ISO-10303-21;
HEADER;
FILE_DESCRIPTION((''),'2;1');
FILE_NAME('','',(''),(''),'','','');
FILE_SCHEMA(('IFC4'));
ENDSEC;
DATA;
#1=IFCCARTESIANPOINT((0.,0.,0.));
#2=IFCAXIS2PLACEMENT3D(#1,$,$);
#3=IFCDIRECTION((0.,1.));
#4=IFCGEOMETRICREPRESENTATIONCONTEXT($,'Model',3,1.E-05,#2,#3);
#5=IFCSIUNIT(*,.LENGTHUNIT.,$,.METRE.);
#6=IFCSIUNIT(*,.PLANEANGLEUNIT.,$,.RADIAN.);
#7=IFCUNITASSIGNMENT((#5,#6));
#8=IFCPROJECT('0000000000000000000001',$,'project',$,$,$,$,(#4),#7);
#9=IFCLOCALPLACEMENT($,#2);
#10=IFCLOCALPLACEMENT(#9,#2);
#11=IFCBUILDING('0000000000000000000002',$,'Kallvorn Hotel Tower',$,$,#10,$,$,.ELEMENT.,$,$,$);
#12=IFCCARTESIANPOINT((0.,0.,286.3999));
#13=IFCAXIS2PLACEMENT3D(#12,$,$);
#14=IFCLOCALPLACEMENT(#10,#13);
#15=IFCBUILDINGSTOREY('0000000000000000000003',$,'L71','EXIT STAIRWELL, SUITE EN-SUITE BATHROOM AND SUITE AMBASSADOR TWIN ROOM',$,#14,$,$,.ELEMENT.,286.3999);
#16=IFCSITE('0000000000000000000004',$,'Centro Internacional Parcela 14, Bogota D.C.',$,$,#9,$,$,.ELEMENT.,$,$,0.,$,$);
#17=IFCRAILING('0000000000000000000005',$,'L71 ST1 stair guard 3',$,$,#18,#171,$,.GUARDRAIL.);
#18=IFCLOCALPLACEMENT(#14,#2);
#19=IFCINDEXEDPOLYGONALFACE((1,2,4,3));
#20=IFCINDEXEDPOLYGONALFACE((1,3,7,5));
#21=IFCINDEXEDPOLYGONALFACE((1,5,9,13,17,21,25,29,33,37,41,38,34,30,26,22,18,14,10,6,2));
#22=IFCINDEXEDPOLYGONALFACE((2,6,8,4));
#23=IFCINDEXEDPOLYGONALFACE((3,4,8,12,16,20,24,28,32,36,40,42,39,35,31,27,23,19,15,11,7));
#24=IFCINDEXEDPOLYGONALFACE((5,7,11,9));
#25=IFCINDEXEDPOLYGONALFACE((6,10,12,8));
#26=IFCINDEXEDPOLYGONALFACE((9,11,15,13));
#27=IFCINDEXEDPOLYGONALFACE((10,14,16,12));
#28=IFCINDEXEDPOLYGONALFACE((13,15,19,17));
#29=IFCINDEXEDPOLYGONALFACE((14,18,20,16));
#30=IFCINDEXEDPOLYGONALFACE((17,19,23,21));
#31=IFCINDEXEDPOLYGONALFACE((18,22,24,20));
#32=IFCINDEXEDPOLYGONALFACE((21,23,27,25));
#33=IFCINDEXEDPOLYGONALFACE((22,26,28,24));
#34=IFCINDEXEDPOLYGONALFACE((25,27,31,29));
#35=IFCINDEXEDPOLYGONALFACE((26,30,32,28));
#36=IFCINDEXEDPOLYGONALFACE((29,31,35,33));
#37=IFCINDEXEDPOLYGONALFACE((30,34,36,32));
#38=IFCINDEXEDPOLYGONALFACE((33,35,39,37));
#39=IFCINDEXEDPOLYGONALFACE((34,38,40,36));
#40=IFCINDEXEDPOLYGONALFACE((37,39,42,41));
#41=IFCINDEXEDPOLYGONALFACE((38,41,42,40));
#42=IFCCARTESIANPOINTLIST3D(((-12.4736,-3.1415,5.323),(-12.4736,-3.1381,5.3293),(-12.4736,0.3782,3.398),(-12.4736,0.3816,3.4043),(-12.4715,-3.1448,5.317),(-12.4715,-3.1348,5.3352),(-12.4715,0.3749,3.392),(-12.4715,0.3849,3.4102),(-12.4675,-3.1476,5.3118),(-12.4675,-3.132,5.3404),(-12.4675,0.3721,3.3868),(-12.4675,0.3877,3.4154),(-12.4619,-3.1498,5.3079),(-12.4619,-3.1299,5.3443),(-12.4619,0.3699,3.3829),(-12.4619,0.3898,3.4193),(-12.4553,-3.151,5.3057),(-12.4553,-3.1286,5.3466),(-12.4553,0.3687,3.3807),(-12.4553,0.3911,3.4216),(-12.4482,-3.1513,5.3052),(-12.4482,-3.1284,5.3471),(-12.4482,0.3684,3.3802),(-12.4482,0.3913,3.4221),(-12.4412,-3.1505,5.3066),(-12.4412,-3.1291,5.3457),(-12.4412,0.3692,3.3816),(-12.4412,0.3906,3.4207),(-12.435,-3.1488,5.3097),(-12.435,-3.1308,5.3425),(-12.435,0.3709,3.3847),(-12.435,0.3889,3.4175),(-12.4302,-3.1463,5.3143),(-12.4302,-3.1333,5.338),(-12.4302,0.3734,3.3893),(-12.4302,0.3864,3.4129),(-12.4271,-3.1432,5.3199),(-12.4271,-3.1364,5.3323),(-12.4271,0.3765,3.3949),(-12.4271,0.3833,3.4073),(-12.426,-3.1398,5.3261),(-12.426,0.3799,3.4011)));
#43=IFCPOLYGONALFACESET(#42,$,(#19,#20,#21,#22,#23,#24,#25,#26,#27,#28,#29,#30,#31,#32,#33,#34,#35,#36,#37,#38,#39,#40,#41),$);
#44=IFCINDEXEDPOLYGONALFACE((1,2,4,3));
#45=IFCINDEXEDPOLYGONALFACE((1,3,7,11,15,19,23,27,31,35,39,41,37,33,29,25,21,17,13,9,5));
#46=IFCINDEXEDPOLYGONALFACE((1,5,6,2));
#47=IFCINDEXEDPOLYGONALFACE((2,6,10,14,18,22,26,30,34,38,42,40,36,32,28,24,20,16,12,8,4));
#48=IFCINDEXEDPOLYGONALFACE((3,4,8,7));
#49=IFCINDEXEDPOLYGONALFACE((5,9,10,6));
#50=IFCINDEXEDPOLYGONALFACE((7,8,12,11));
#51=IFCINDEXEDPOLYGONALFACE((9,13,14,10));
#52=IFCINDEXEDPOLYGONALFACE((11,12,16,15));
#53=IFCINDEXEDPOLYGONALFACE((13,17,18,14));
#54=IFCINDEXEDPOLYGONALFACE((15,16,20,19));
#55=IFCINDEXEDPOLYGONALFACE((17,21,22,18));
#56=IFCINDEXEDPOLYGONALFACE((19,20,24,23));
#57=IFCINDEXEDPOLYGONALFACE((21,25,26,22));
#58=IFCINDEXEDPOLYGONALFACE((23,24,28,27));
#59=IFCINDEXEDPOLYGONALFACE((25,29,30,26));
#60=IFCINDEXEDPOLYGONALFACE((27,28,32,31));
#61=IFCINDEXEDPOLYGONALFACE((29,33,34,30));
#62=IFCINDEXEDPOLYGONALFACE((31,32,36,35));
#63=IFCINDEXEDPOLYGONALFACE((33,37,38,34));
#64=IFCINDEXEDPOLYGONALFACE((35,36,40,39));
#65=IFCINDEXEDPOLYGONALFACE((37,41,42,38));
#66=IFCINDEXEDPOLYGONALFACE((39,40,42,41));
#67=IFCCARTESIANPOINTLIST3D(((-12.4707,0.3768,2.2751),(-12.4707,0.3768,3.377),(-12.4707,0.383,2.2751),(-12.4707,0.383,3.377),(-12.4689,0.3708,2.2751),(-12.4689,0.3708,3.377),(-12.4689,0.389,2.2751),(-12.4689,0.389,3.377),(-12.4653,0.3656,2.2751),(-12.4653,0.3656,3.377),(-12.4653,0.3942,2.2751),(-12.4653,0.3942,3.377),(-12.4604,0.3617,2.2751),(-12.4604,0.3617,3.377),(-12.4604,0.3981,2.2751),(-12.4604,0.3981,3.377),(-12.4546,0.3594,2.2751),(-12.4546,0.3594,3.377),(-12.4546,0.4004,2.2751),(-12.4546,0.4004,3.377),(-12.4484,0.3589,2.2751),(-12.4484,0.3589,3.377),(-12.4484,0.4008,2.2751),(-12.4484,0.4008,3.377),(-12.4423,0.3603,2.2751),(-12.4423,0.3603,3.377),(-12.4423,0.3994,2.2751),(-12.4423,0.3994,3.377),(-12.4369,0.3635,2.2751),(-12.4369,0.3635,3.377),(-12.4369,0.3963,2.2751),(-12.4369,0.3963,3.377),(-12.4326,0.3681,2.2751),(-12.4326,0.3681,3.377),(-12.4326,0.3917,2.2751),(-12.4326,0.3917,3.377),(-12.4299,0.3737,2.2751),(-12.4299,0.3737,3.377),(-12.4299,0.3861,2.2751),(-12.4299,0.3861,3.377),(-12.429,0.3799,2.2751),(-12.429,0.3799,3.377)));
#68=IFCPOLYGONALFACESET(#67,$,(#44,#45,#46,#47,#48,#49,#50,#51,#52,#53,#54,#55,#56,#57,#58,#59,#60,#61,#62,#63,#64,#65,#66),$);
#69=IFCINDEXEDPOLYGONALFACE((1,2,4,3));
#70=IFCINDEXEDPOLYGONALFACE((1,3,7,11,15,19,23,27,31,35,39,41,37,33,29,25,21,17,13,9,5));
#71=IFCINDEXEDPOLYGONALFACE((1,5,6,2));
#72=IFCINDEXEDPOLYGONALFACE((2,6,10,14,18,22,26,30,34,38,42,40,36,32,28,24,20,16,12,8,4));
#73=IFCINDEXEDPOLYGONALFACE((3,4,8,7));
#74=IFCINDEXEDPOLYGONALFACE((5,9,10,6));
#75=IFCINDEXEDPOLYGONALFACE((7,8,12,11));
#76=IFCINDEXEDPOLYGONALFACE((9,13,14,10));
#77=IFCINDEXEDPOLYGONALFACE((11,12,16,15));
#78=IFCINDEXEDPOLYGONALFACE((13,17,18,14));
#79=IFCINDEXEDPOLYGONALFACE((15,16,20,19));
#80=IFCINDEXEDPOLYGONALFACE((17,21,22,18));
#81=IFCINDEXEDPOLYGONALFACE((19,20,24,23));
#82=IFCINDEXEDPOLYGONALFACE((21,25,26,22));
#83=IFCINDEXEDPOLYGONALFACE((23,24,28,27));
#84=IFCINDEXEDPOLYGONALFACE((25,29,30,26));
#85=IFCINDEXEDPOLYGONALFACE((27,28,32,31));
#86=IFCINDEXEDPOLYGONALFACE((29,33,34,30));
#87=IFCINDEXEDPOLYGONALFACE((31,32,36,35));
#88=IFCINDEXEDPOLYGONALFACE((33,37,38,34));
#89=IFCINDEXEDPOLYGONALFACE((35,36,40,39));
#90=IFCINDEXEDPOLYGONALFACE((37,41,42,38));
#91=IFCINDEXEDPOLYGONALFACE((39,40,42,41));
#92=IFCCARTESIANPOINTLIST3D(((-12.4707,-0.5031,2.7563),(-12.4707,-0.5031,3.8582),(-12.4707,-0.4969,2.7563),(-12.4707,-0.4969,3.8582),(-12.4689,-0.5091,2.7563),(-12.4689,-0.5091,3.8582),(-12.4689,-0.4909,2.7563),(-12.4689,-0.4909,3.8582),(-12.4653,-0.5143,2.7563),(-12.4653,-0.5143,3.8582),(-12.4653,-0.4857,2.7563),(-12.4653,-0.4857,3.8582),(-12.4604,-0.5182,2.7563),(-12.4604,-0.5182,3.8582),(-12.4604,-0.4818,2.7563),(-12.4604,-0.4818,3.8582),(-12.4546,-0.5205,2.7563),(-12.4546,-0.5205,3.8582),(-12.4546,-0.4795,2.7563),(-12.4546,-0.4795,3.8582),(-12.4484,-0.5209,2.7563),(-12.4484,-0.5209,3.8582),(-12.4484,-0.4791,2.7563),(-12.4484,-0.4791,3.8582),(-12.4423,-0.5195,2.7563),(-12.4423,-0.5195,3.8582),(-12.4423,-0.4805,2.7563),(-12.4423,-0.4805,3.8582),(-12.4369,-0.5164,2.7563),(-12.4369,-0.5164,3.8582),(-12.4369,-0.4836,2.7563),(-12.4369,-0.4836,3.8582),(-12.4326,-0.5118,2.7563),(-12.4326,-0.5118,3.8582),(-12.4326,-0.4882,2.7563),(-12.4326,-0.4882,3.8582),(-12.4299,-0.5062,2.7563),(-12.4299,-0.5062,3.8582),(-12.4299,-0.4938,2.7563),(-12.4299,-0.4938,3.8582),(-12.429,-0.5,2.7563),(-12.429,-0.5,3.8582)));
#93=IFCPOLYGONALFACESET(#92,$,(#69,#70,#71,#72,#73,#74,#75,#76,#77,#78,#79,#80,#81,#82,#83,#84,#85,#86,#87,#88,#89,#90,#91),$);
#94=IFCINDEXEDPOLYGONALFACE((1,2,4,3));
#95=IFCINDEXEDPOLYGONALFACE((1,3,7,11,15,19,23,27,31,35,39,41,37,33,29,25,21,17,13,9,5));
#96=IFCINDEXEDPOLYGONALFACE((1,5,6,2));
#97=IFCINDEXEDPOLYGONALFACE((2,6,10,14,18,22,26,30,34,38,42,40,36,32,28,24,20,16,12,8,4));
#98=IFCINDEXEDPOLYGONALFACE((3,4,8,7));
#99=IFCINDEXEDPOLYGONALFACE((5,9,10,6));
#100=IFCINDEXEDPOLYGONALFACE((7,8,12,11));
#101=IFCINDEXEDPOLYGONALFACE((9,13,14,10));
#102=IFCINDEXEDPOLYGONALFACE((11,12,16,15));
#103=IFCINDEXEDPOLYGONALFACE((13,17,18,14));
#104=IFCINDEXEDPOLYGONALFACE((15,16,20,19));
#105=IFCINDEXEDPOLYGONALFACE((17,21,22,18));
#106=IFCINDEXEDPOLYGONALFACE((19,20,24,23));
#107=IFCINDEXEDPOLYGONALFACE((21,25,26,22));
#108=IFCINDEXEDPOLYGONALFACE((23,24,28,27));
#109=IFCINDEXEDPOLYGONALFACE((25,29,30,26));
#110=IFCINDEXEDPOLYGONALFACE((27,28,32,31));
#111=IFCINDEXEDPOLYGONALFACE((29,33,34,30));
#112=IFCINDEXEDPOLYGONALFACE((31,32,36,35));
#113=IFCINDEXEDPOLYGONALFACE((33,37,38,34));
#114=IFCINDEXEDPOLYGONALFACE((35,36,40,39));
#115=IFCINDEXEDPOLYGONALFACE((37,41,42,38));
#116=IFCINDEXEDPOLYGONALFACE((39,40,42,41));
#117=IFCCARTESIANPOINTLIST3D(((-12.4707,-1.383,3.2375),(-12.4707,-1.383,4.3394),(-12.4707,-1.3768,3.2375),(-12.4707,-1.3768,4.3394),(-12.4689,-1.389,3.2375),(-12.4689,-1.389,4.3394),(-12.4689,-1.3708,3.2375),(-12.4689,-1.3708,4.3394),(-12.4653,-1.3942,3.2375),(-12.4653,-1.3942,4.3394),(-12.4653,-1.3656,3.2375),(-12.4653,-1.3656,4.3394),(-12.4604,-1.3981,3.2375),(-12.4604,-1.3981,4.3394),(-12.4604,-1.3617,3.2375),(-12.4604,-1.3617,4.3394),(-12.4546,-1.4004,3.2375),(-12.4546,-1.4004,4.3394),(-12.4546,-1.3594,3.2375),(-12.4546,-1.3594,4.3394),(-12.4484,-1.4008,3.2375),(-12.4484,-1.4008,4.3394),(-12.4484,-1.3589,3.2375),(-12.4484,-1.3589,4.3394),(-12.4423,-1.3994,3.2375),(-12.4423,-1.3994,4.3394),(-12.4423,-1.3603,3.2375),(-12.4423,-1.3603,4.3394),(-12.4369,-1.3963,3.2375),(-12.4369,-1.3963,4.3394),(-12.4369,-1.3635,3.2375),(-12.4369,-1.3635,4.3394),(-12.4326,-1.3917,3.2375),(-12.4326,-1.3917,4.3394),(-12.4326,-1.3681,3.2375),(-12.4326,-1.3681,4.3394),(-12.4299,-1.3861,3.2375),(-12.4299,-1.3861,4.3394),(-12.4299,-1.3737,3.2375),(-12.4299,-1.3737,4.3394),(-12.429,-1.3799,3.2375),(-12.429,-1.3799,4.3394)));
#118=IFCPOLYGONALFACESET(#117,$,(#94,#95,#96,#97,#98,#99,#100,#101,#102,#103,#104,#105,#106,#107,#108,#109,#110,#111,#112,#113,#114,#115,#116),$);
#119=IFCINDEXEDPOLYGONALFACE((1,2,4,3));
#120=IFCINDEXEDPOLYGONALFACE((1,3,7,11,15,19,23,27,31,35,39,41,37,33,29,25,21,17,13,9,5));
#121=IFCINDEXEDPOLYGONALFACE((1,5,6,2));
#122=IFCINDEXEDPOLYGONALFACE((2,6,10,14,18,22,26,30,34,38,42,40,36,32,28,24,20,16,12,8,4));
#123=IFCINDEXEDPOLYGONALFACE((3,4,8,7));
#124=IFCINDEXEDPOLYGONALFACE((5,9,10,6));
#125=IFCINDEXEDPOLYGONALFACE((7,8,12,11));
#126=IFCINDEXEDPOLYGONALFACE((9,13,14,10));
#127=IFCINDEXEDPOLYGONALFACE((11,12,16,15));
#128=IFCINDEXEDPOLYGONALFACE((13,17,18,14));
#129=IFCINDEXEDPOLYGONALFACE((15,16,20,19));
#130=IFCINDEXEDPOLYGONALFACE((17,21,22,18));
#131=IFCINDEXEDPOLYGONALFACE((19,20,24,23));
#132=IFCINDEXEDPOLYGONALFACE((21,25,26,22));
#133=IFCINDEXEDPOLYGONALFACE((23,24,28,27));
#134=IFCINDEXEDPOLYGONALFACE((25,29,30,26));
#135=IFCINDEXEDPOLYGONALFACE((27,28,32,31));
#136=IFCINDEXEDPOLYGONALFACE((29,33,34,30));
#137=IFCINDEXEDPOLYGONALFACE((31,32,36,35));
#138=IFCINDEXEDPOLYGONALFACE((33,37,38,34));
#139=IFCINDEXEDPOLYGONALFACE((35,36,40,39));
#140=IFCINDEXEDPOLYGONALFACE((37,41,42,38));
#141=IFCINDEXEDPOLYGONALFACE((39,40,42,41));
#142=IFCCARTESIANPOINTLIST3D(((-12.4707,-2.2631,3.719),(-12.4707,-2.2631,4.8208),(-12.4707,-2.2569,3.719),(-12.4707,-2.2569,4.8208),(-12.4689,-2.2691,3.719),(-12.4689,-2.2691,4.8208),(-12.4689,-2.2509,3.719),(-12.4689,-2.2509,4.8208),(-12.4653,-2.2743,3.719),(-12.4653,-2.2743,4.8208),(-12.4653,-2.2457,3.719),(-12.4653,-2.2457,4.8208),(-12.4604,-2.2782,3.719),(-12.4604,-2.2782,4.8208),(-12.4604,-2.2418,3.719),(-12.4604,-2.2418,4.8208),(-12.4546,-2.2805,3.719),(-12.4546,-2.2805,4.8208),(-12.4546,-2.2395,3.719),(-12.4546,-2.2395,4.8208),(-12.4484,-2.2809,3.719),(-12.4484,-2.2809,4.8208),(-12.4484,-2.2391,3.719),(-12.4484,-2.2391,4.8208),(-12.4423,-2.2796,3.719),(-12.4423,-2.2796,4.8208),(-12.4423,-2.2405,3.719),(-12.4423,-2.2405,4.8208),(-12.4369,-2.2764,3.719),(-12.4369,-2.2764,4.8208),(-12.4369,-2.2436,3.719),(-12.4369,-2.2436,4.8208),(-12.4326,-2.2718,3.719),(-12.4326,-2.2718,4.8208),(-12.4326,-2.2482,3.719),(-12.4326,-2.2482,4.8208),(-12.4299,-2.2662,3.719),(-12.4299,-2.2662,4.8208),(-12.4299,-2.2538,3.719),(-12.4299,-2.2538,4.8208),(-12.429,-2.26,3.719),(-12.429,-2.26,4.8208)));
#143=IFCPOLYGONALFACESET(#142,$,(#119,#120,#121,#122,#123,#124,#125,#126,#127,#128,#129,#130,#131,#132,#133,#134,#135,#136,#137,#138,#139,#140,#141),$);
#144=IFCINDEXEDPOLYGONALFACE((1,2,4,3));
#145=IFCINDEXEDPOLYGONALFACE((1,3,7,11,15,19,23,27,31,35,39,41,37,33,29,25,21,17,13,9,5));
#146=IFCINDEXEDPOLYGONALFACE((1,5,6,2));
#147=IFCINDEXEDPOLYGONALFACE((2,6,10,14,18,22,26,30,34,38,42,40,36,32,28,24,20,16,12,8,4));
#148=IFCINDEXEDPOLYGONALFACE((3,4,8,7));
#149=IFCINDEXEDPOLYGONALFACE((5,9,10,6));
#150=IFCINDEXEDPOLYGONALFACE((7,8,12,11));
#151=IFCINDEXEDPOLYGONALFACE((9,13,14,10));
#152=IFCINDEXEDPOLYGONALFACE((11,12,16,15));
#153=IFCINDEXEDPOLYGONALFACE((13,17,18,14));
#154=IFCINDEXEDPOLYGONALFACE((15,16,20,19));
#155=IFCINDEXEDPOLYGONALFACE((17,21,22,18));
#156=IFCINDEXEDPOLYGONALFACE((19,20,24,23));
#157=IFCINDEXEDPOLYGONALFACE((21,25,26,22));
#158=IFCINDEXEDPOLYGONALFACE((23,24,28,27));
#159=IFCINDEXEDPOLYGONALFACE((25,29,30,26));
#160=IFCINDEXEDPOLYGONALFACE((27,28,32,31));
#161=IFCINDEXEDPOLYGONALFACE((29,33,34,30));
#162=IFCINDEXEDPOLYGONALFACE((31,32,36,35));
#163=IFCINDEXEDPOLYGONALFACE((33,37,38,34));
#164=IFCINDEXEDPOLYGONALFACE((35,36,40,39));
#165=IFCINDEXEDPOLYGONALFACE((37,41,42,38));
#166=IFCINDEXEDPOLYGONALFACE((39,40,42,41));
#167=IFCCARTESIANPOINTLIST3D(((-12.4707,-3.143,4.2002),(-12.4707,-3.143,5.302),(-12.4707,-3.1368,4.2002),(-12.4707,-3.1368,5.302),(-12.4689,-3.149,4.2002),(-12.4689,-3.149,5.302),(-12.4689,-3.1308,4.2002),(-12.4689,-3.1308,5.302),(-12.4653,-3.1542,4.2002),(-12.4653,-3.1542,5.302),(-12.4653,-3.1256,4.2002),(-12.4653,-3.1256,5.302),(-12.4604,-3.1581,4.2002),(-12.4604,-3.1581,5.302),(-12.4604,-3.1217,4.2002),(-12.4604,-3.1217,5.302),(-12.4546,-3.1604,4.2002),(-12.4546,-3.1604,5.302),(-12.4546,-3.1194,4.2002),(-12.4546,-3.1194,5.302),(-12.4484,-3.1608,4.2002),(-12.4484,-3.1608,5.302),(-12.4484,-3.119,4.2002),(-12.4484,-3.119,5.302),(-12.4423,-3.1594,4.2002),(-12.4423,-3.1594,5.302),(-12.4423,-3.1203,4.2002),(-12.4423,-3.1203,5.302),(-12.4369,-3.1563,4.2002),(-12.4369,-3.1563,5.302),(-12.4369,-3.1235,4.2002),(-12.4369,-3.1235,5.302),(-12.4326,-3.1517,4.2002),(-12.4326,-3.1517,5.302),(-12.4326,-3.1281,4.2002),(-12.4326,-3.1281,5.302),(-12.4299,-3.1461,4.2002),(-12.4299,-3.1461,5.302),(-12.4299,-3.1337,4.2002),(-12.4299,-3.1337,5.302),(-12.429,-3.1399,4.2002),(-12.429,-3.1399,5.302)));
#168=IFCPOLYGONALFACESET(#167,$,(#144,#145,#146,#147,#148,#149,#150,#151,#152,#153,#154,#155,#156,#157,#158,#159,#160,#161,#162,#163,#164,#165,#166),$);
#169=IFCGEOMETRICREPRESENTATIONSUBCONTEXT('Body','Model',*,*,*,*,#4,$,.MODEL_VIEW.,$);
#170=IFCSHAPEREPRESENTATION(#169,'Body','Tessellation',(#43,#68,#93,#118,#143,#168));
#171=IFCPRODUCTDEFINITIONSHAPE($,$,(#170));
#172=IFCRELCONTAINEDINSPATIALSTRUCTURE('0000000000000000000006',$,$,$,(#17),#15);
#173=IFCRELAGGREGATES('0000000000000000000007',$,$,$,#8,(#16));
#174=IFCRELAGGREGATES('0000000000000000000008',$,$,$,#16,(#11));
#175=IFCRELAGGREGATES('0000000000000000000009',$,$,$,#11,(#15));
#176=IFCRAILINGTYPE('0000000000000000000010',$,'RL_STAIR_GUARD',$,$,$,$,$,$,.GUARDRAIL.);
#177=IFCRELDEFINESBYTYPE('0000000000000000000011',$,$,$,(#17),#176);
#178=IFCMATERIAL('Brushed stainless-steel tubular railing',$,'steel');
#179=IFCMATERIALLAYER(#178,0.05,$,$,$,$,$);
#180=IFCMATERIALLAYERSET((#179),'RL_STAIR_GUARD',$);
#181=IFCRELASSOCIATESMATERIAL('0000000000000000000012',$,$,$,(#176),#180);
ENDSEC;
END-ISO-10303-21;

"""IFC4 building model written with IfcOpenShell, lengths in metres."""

from ifc_helpers import new_model, si_unit, direction, frame, origin, origin_2d, place, context, subcontext, project, spatial, circle, extrude, material, layer, layer_set, type_object, element, save


model = new_model("IFC4")

# Units and contexts
model_context = context("Model", 3, precision=1e-05, world=origin(), true_north=direction((0.0, 1.0)))
body_context = subcontext(model_context, "Body", "Model", "MODEL_VIEW")
ifc_project = project(units=[si_unit("LENGTHUNIT", "METRE"), si_unit("PLANEANGLEUNIT", "RADIAN")], contexts=[model_context])

# Site, building, storey
site_placement = place(None, origin())
site = spatial("IfcSite", under=ifc_project, at=site_placement, Name="Centro Internacional Parcela 14, Bogota D.C.", CompositionType="ELEMENT", RefElevation=0.0)
building_placement = place(site_placement, origin())
building = spatial("IfcBuilding", under=site, at=building_placement, Name="Kallvorn Hotel Tower", CompositionType="ELEMENT")
storey_placement = place(building_placement, frame((0.0, 0.0, 286.3999)))
storey = spatial("IfcBuildingStorey", under=building, at=storey_placement, Name="L71", Description="EXIT STAIRWELL, SUITE EN-SUITE BATHROOM AND SUITE AMBASSADOR TWIN ROOM", CompositionType="ELEMENT", Elevation=286.3999)

# Railing
ifc_material_1 = material(Name="Brushed stainless-steel tubular railing", Category="steel")
ifc_layer_1 = layer(ifc_material_1, 0.05)
ifc_layer_set_1 = layer_set([ifc_layer_1], Name="RL_STAIR_GUARD")
railing_type_1 = type_object("IfcRailingType", Name="RL_STAIR_GUARD", PredefinedType="GUARDRAIL", material=ifc_layer_set_1)
railing_1_placement = place(storey_placement, frame((-12.45, 0.3799, 2.2751)))
element("IfcRailing", 1, at=railing_1_placement, inside=storey, type_object=railing_type_1, Name="L71 ST1 stair guard 3", PredefinedType="GUARDRAIL", context=body_context, shape_type="SweptSolid", body=[
    extrude(circle(Radius=0.0239, at=origin_2d()), frame((0.0, 0.0, 1.126), z_axis=(0.0, -0.877353, 0.479845), x_axis=(1.0, 0.0, 0.0)), (0.0, 0.0, 1.0), 4.0117),
    extrude(circle(Radius=0.021, at=origin_2d()), origin(), (0.0, 0.0, 1.0), 1.1018),
    extrude(circle(Radius=0.021, at=origin_2d()), frame((0.0, -0.8799, 0.4812)), (0.0, 0.0, 1.0), 1.1018),
    extrude(circle(Radius=0.021, at=origin_2d()), frame((0.0, -1.7598, 0.9624)), (0.0, 0.0, 1.0), 1.1018),
    extrude(circle(Radius=0.021, at=origin_2d()), frame((0.0, -2.6399, 1.4438)), (0.0, 0.0, 1.0), 1.1018),
    extrude(circle(Radius=0.021, at=origin_2d()), frame((0.0, -3.5198, 1.925)), (0.0, 0.0, 1.0), 1.1018),
])

save(model, "model.ifc")
